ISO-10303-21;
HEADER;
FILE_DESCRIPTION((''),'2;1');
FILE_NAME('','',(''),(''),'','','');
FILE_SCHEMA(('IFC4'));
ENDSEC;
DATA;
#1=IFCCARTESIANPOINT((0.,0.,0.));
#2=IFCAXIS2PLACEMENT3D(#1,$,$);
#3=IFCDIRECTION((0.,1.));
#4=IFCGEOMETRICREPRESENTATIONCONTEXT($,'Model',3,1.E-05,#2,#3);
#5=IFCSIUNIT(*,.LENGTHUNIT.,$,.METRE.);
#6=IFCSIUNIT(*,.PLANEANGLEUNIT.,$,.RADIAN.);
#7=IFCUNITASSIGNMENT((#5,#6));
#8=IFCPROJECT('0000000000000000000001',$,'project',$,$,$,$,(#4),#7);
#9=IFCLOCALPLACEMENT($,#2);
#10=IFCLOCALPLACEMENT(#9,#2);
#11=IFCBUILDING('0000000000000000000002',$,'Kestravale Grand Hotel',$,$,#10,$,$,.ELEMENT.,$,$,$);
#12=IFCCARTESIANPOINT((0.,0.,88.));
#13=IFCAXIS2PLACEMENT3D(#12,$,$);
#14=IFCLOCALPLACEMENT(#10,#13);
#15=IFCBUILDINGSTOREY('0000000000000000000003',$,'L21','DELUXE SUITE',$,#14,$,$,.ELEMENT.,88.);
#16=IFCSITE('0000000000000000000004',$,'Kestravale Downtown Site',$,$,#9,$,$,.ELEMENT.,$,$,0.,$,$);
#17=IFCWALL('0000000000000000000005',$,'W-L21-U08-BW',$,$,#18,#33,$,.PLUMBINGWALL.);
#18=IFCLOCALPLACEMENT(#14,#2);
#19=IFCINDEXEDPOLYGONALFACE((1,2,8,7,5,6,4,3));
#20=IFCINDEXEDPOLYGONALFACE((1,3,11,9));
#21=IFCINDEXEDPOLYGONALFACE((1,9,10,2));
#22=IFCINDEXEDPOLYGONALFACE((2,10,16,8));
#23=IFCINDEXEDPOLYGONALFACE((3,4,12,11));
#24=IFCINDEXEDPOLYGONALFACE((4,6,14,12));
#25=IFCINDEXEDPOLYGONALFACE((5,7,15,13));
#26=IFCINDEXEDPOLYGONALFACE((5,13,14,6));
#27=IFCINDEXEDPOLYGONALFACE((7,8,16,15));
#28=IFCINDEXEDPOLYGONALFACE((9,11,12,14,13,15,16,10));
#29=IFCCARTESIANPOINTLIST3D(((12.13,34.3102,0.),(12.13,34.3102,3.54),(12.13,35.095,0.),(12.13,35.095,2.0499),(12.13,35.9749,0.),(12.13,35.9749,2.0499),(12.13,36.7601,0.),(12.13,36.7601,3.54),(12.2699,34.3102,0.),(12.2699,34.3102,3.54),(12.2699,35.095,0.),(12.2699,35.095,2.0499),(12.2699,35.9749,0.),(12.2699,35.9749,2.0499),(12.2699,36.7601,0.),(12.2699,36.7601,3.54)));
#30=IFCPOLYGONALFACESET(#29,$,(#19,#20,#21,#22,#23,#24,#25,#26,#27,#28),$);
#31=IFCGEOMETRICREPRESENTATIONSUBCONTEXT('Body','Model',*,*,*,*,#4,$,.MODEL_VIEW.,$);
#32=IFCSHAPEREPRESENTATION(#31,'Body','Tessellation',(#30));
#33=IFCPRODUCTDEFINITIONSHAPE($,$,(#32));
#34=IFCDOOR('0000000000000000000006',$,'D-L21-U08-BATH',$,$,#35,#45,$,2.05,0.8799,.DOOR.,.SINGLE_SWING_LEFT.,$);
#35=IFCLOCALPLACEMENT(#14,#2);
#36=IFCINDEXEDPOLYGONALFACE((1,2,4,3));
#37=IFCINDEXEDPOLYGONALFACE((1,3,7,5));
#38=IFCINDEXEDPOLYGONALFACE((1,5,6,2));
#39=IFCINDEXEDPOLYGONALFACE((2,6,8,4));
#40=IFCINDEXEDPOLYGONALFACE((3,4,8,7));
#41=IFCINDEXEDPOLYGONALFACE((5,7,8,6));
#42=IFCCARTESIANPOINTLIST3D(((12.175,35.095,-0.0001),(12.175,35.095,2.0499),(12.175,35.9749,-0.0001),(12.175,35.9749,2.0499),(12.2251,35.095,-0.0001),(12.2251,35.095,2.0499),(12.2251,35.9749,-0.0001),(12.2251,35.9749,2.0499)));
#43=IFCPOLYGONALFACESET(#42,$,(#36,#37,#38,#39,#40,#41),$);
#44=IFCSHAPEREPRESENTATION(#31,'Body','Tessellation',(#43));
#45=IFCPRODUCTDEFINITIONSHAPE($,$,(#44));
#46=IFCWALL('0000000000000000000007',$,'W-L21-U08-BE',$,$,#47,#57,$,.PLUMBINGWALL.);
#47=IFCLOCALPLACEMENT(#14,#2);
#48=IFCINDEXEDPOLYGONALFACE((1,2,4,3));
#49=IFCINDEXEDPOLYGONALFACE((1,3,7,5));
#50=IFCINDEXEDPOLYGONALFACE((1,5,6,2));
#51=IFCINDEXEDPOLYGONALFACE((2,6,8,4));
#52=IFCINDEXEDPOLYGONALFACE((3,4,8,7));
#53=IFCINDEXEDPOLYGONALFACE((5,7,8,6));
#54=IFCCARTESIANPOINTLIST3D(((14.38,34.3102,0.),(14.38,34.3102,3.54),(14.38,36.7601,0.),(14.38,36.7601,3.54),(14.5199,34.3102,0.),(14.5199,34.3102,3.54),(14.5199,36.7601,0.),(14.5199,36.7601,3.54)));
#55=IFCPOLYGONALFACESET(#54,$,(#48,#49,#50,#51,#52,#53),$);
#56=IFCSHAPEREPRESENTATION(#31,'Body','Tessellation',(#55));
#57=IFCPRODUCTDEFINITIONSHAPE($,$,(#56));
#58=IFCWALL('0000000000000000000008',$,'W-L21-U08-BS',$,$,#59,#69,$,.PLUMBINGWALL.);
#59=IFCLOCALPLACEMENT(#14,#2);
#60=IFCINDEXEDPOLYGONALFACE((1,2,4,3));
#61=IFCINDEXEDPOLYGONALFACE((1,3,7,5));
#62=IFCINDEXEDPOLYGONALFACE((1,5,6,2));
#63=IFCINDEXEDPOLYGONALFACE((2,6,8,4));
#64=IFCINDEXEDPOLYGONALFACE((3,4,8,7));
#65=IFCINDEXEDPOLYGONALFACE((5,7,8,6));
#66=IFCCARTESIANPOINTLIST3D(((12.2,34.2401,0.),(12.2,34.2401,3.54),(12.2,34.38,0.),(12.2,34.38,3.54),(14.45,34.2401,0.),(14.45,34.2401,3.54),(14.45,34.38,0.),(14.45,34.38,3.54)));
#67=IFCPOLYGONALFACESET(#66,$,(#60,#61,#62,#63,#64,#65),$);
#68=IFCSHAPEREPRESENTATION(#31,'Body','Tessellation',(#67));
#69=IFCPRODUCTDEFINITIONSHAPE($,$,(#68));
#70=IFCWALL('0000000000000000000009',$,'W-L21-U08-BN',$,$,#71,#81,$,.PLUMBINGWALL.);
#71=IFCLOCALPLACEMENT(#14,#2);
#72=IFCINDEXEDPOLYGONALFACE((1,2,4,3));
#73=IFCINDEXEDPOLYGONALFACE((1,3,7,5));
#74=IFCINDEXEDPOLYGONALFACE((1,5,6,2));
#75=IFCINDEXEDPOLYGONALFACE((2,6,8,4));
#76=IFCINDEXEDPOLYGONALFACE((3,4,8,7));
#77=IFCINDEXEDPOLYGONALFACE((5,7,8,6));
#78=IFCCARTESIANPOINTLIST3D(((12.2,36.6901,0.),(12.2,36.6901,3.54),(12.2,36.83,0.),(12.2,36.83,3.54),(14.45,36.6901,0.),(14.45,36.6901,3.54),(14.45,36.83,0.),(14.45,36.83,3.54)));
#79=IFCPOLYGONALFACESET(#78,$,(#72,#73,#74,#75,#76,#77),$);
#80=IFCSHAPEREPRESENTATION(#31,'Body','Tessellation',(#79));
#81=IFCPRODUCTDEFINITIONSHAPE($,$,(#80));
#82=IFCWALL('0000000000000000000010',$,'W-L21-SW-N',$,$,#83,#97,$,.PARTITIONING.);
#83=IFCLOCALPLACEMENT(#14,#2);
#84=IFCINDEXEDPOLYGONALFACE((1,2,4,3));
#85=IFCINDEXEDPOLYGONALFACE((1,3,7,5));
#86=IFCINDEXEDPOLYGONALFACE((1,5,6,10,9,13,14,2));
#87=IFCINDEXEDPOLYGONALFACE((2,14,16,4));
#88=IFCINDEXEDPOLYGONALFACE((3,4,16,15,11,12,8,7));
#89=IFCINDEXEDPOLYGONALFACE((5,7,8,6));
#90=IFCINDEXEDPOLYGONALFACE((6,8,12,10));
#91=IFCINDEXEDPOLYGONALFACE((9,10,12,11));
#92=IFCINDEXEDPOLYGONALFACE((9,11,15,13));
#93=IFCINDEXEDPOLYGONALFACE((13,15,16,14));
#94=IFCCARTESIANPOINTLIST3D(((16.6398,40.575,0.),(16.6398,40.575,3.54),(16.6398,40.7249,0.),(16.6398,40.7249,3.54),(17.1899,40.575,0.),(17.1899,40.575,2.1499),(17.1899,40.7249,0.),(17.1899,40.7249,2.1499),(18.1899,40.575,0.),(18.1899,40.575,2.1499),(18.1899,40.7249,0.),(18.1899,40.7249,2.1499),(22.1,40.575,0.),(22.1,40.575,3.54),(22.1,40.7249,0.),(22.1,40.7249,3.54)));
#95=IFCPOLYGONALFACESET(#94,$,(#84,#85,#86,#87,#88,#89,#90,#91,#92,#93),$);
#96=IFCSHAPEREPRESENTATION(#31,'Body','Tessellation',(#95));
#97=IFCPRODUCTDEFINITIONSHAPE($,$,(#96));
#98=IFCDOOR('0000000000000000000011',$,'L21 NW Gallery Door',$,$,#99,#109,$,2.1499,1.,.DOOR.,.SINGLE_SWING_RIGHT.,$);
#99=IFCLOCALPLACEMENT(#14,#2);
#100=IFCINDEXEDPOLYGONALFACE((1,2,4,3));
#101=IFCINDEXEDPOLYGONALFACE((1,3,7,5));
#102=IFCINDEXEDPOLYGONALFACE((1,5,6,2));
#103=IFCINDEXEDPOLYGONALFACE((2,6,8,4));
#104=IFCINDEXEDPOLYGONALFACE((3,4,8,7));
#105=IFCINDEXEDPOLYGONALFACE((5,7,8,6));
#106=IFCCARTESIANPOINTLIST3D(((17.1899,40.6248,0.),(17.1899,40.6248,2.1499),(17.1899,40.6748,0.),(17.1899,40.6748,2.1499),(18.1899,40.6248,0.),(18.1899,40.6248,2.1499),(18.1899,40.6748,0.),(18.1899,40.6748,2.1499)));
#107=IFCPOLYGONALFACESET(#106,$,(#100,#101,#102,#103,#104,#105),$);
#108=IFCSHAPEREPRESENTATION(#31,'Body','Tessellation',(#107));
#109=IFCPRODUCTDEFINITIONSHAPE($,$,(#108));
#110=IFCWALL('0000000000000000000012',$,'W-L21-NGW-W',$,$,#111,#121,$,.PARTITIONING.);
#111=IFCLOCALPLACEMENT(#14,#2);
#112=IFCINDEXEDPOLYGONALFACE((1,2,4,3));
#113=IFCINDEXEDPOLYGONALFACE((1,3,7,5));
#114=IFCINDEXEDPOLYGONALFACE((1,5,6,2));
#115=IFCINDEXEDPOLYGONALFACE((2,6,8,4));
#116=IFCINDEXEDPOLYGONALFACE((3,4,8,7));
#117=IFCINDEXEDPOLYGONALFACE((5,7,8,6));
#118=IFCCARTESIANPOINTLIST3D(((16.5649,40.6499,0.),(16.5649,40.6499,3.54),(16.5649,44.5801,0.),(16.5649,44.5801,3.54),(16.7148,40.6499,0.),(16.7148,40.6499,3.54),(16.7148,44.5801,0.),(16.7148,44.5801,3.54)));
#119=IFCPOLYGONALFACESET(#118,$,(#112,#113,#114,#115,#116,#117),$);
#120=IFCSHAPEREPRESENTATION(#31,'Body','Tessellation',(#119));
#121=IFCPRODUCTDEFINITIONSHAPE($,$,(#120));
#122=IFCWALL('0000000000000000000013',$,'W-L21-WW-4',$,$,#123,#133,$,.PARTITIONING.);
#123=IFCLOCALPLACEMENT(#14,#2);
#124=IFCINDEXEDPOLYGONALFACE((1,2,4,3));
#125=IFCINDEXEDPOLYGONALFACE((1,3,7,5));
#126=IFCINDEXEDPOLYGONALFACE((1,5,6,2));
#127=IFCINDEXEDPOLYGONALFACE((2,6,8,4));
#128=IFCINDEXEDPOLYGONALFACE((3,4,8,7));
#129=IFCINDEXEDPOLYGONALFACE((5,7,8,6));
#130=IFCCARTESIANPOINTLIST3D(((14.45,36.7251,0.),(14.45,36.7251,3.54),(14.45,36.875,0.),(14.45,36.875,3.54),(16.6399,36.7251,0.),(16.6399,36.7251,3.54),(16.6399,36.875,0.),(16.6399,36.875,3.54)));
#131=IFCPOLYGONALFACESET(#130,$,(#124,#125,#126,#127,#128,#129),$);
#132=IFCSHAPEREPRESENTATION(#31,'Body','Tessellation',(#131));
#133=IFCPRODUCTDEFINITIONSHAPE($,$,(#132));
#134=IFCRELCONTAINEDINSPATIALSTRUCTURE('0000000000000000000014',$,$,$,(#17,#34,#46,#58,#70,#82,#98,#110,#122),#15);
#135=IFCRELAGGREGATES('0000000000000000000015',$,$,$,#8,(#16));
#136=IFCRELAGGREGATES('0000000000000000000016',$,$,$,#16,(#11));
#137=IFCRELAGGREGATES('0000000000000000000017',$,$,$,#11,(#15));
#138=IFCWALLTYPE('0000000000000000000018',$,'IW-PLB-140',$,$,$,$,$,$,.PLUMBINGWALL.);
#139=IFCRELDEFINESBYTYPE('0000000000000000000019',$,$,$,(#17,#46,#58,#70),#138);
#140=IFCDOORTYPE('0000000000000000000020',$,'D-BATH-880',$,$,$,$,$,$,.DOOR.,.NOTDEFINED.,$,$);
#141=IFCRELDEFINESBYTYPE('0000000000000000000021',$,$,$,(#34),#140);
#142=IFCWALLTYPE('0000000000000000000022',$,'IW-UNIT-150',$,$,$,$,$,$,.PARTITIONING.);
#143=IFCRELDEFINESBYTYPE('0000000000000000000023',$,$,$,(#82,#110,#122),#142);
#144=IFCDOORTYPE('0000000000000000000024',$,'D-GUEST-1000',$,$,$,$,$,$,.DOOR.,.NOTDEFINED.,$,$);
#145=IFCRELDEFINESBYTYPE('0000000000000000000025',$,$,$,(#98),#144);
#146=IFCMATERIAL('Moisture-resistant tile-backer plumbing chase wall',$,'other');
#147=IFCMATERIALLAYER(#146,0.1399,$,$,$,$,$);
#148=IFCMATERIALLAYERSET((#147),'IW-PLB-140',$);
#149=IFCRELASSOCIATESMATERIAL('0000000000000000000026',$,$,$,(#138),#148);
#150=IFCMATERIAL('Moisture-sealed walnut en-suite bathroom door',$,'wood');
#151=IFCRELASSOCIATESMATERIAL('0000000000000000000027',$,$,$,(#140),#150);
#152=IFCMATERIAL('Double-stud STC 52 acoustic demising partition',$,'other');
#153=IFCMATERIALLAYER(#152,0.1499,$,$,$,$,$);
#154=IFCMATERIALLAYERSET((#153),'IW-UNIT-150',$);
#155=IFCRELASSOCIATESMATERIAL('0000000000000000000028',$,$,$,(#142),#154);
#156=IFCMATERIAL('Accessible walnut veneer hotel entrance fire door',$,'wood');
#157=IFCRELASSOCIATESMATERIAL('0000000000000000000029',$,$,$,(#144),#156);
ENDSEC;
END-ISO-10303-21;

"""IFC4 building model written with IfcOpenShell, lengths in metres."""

from ifc_helpers import new_model, si_unit, direction, frame, frame_2d, origin, place, context, subcontext, project, spatial, rectangle, extrude, material, layer, layer_set, type_object, element, fill, save


model = new_model("IFC4")

# Units and contexts
model_context = context("Model", 3, precision=1e-05, world=origin(), true_north=direction((0.0, 1.0)))
body_context = subcontext(model_context, "Body", "Model", "MODEL_VIEW")
ifc_project = project(units=[si_unit("LENGTHUNIT", "METRE"), si_unit("PLANEANGLEUNIT", "RADIAN")], contexts=[model_context])

# Site, building, storey
site_placement = place(None, origin())
site = spatial("IfcSite", under=ifc_project, at=site_placement, Name="Kestravale Downtown Site", CompositionType="ELEMENT", RefElevation=0.0)
building_placement = place(site_placement, origin())
building = spatial("IfcBuilding", under=site, at=building_placement, Name="Kestravale Grand Hotel", CompositionType="ELEMENT")
storey_placement = place(building_placement, frame((0.0, 0.0, 88.0)))
storey = spatial("IfcBuildingStorey", under=building, at=storey_placement, Name="L21", Description="DELUXE SUITE", CompositionType="ELEMENT", Elevation=88.0)

# Wall, opening, door
ifc_material_1 = material(Name="Moisture-resistant tile-backer plumbing chase wall", Category="other")
ifc_layer_1 = layer(ifc_material_1, 0.1399)
ifc_layer_set_1 = layer_set([ifc_layer_1], Name="IW-PLB-140")
wall_type_1 = type_object("IfcWallType", Name="IW-PLB-140", PredefinedType="PLUMBINGWALL", material=ifc_layer_set_1)
wall_1_placement = place(storey_placement, frame((12.2, 34.3101, 0.0), z_axis=(0.0, 0.0, 1.0), x_axis=(0.0, 1.0, 0.0)))
wall_1 = element("IfcWall", 1, at=wall_1_placement, inside=storey, type_object=wall_type_1, Name="W-L21-U08-BW", PredefinedType="PLUMBINGWALL", context=body_context, shape_type="SweptSolid", body=[
    extrude(rectangle(XDim=2.45, YDim=0.1399, at=frame_2d((1.2251, 0.0))), origin(), (0.0, 0.0, 1.0), 3.54),
])
opening_1_placement = place(wall_1_placement, frame((0.7849, 0.0, 0.0)))
opening_1 = element("IfcOpeningElement", 2, at=opening_1_placement, cuts=wall_1, PredefinedType="OPENING", context=body_context, shape_type="SweptSolid", body=[
    extrude(rectangle(XDim=0.8799, YDim=2.05, at=frame_2d((0.4399, 1.0249))), frame((0.0, 0.0798, 0.0), z_axis=(0.0, -1.0, 0.0), x_axis=(1.0, 0.0, 0.0)), (0.0, 0.0, 1.0), 0.1599),
])
ifc_material_2 = material(Name="Moisture-sealed walnut en-suite bathroom door", Category="wood")
door_type_1 = type_object("IfcDoorType", Name="D-BATH-880", OperationType="NOTDEFINED", PredefinedType="DOOR", material=ifc_material_2)
door_1_placement = place(opening_1_placement, origin())
door_1 = element("IfcDoor", 3, at=door_1_placement, inside=storey, type_object=door_type_1, Name="D-L21-U08-BATH", OperationType="SINGLE_SWING_LEFT", OverallHeight=2.05, OverallWidth=0.8799, PredefinedType="DOOR", context=body_context, shape_type="SweptSolid", body=[
    extrude(rectangle(XDim=0.8799, YDim=2.05, at=frame_2d((0.4399, 1.0249))), frame((0.0, 0.0249, 0.0), z_axis=(0.0, -1.0, 0.0), x_axis=(1.0, 0.0, 0.0)), (0.0, 0.0, 1.0), 0.05),
])
fill(opening_1, door_1)

# Walls
wall_2_placement = place(storey_placement, frame((14.45, 34.3101, 0.0), z_axis=(0.0, 0.0, 1.0), x_axis=(0.0, 1.0, 0.0)))
element("IfcWall", 4, at=wall_2_placement, inside=storey, type_object=wall_type_1, Name="W-L21-U08-BE", PredefinedType="PLUMBINGWALL", context=body_context, shape_type="SweptSolid", body=[
    extrude(rectangle(XDim=2.45, YDim=0.1399, at=frame_2d((1.2251, 0.0))), origin(), (0.0, 0.0, 1.0), 3.54),
])
for number, where, z_axis, x_axis, name in (
    (5, (12.2, 34.3101, 0.0), (0.0, 0.0, 1.0), (1.0, 0.0, 0.0), "W-L21-U08-BS"),
    (6, (12.2, 36.76, 0.0), (0.0, 0.0, 1.0), (1.0, 0.0, 0.0), "W-L21-U08-BN"),
):
    element("IfcWall", number, at=place(storey_placement, frame(where, z_axis=z_axis, x_axis=x_axis)), inside=storey, type_object=wall_type_1, Name=name, PredefinedType="PLUMBINGWALL", context=body_context, shape_type="SweptSolid", body=[
        extrude(rectangle(XDim=2.25, YDim=0.1399, at=frame_2d((1.125, 0.0))), origin(), (0.0, 0.0, 1.0), 3.54),
    ])

# Wall, opening, door
ifc_material_3 = material(Name="Double-stud STC 52 acoustic demising partition", Category="other")
ifc_layer_2 = layer(ifc_material_3, 0.1499)
ifc_layer_set_2 = layer_set([ifc_layer_2], Name="IW-UNIT-150")
wall_type_2 = type_object("IfcWallType", Name="IW-UNIT-150", PredefinedType="PARTITIONING", material=ifc_layer_set_2)
wall_3_placement = place(storey_placement, frame((16.6399, 40.6499, 0.0), z_axis=(0.0, 0.0, 1.0), x_axis=(1.0, 0.0, 0.0)))
wall_3 = element("IfcWall", 7, at=wall_3_placement, inside=storey, type_object=wall_type_2, Name="W-L21-SW-N", PredefinedType="PARTITIONING", context=body_context, shape_type="SweptSolid", body=[
    extrude(rectangle(XDim=5.4602, YDim=0.1499, at=frame_2d((2.73, 0.0))), origin(), (0.0, 0.0, 1.0), 3.54),
])
opening_2_placement = place(wall_3_placement, frame((0.55, 0.0, 0.0)))
opening_2 = element("IfcOpeningElement", 8, at=opening_2_placement, cuts=wall_3, PredefinedType="OPENING", context=body_context, shape_type="SweptSolid", body=[
    extrude(rectangle(XDim=1.0, YDim=2.1499, at=frame_2d((0.5, 1.075))), frame((0.0, 0.085, 0.0), z_axis=(0.0, -1.0, 0.0), x_axis=(1.0, 0.0, 0.0)), (0.0, 0.0, 1.0), 0.1699),
])
ifc_material_4 = material(Name="Accessible walnut veneer hotel entrance fire door", Category="wood")
door_type_2 = type_object("IfcDoorType", Name="D-GUEST-1000", OperationType="NOTDEFINED", PredefinedType="DOOR", material=ifc_material_4)
door_2_placement = place(opening_2_placement, origin())
door_2 = element("IfcDoor", 9, at=door_2_placement, inside=storey, type_object=door_type_2, Name="L21 NW Gallery Door", OperationType="SINGLE_SWING_RIGHT", OverallHeight=2.1499, OverallWidth=1.0, PredefinedType="DOOR", context=body_context, shape_type="SweptSolid", body=[
    extrude(rectangle(XDim=1.0, YDim=2.1499, at=frame_2d((0.5, 1.075))), frame((0.0, 0.0249, 0.0), z_axis=(0.0, -1.0, 0.0), x_axis=(1.0, 0.0, 0.0)), (0.0, 0.0, 1.0), 0.05),
])
fill(opening_2, door_2)

# Walls
wall_4_placement = place(storey_placement, frame((16.6399, 40.6499, 0.0), z_axis=(0.0, 0.0, 1.0), x_axis=(0.0, 1.0, 0.0)))
element("IfcWall", 10, at=wall_4_placement, inside=storey, type_object=wall_type_2, Name="W-L21-NGW-W", PredefinedType="PARTITIONING", context=body_context, shape_type="SweptSolid", body=[
    extrude(rectangle(XDim=3.9302, YDim=0.1499, at=frame_2d((1.9651, 0.0))), origin(), (0.0, 0.0, 1.0), 3.54),
])
wall_5_placement = place(storey_placement, frame((14.45, 36.8, 0.0), z_axis=(0.0, 0.0, 1.0), x_axis=(1.0, 0.0, 0.0)))
element("IfcWall", 11, at=wall_5_placement, inside=storey, type_object=wall_type_2, Name="W-L21-WW-4", PredefinedType="PARTITIONING", context=body_context, shape_type="SweptSolid", body=[
    extrude(rectangle(XDim=2.1899, YDim=0.1499, at=frame_2d((1.095, 0.0))), origin(), (0.0, 0.0, 1.0), 3.54),
])

save(model, "model.ifc")
